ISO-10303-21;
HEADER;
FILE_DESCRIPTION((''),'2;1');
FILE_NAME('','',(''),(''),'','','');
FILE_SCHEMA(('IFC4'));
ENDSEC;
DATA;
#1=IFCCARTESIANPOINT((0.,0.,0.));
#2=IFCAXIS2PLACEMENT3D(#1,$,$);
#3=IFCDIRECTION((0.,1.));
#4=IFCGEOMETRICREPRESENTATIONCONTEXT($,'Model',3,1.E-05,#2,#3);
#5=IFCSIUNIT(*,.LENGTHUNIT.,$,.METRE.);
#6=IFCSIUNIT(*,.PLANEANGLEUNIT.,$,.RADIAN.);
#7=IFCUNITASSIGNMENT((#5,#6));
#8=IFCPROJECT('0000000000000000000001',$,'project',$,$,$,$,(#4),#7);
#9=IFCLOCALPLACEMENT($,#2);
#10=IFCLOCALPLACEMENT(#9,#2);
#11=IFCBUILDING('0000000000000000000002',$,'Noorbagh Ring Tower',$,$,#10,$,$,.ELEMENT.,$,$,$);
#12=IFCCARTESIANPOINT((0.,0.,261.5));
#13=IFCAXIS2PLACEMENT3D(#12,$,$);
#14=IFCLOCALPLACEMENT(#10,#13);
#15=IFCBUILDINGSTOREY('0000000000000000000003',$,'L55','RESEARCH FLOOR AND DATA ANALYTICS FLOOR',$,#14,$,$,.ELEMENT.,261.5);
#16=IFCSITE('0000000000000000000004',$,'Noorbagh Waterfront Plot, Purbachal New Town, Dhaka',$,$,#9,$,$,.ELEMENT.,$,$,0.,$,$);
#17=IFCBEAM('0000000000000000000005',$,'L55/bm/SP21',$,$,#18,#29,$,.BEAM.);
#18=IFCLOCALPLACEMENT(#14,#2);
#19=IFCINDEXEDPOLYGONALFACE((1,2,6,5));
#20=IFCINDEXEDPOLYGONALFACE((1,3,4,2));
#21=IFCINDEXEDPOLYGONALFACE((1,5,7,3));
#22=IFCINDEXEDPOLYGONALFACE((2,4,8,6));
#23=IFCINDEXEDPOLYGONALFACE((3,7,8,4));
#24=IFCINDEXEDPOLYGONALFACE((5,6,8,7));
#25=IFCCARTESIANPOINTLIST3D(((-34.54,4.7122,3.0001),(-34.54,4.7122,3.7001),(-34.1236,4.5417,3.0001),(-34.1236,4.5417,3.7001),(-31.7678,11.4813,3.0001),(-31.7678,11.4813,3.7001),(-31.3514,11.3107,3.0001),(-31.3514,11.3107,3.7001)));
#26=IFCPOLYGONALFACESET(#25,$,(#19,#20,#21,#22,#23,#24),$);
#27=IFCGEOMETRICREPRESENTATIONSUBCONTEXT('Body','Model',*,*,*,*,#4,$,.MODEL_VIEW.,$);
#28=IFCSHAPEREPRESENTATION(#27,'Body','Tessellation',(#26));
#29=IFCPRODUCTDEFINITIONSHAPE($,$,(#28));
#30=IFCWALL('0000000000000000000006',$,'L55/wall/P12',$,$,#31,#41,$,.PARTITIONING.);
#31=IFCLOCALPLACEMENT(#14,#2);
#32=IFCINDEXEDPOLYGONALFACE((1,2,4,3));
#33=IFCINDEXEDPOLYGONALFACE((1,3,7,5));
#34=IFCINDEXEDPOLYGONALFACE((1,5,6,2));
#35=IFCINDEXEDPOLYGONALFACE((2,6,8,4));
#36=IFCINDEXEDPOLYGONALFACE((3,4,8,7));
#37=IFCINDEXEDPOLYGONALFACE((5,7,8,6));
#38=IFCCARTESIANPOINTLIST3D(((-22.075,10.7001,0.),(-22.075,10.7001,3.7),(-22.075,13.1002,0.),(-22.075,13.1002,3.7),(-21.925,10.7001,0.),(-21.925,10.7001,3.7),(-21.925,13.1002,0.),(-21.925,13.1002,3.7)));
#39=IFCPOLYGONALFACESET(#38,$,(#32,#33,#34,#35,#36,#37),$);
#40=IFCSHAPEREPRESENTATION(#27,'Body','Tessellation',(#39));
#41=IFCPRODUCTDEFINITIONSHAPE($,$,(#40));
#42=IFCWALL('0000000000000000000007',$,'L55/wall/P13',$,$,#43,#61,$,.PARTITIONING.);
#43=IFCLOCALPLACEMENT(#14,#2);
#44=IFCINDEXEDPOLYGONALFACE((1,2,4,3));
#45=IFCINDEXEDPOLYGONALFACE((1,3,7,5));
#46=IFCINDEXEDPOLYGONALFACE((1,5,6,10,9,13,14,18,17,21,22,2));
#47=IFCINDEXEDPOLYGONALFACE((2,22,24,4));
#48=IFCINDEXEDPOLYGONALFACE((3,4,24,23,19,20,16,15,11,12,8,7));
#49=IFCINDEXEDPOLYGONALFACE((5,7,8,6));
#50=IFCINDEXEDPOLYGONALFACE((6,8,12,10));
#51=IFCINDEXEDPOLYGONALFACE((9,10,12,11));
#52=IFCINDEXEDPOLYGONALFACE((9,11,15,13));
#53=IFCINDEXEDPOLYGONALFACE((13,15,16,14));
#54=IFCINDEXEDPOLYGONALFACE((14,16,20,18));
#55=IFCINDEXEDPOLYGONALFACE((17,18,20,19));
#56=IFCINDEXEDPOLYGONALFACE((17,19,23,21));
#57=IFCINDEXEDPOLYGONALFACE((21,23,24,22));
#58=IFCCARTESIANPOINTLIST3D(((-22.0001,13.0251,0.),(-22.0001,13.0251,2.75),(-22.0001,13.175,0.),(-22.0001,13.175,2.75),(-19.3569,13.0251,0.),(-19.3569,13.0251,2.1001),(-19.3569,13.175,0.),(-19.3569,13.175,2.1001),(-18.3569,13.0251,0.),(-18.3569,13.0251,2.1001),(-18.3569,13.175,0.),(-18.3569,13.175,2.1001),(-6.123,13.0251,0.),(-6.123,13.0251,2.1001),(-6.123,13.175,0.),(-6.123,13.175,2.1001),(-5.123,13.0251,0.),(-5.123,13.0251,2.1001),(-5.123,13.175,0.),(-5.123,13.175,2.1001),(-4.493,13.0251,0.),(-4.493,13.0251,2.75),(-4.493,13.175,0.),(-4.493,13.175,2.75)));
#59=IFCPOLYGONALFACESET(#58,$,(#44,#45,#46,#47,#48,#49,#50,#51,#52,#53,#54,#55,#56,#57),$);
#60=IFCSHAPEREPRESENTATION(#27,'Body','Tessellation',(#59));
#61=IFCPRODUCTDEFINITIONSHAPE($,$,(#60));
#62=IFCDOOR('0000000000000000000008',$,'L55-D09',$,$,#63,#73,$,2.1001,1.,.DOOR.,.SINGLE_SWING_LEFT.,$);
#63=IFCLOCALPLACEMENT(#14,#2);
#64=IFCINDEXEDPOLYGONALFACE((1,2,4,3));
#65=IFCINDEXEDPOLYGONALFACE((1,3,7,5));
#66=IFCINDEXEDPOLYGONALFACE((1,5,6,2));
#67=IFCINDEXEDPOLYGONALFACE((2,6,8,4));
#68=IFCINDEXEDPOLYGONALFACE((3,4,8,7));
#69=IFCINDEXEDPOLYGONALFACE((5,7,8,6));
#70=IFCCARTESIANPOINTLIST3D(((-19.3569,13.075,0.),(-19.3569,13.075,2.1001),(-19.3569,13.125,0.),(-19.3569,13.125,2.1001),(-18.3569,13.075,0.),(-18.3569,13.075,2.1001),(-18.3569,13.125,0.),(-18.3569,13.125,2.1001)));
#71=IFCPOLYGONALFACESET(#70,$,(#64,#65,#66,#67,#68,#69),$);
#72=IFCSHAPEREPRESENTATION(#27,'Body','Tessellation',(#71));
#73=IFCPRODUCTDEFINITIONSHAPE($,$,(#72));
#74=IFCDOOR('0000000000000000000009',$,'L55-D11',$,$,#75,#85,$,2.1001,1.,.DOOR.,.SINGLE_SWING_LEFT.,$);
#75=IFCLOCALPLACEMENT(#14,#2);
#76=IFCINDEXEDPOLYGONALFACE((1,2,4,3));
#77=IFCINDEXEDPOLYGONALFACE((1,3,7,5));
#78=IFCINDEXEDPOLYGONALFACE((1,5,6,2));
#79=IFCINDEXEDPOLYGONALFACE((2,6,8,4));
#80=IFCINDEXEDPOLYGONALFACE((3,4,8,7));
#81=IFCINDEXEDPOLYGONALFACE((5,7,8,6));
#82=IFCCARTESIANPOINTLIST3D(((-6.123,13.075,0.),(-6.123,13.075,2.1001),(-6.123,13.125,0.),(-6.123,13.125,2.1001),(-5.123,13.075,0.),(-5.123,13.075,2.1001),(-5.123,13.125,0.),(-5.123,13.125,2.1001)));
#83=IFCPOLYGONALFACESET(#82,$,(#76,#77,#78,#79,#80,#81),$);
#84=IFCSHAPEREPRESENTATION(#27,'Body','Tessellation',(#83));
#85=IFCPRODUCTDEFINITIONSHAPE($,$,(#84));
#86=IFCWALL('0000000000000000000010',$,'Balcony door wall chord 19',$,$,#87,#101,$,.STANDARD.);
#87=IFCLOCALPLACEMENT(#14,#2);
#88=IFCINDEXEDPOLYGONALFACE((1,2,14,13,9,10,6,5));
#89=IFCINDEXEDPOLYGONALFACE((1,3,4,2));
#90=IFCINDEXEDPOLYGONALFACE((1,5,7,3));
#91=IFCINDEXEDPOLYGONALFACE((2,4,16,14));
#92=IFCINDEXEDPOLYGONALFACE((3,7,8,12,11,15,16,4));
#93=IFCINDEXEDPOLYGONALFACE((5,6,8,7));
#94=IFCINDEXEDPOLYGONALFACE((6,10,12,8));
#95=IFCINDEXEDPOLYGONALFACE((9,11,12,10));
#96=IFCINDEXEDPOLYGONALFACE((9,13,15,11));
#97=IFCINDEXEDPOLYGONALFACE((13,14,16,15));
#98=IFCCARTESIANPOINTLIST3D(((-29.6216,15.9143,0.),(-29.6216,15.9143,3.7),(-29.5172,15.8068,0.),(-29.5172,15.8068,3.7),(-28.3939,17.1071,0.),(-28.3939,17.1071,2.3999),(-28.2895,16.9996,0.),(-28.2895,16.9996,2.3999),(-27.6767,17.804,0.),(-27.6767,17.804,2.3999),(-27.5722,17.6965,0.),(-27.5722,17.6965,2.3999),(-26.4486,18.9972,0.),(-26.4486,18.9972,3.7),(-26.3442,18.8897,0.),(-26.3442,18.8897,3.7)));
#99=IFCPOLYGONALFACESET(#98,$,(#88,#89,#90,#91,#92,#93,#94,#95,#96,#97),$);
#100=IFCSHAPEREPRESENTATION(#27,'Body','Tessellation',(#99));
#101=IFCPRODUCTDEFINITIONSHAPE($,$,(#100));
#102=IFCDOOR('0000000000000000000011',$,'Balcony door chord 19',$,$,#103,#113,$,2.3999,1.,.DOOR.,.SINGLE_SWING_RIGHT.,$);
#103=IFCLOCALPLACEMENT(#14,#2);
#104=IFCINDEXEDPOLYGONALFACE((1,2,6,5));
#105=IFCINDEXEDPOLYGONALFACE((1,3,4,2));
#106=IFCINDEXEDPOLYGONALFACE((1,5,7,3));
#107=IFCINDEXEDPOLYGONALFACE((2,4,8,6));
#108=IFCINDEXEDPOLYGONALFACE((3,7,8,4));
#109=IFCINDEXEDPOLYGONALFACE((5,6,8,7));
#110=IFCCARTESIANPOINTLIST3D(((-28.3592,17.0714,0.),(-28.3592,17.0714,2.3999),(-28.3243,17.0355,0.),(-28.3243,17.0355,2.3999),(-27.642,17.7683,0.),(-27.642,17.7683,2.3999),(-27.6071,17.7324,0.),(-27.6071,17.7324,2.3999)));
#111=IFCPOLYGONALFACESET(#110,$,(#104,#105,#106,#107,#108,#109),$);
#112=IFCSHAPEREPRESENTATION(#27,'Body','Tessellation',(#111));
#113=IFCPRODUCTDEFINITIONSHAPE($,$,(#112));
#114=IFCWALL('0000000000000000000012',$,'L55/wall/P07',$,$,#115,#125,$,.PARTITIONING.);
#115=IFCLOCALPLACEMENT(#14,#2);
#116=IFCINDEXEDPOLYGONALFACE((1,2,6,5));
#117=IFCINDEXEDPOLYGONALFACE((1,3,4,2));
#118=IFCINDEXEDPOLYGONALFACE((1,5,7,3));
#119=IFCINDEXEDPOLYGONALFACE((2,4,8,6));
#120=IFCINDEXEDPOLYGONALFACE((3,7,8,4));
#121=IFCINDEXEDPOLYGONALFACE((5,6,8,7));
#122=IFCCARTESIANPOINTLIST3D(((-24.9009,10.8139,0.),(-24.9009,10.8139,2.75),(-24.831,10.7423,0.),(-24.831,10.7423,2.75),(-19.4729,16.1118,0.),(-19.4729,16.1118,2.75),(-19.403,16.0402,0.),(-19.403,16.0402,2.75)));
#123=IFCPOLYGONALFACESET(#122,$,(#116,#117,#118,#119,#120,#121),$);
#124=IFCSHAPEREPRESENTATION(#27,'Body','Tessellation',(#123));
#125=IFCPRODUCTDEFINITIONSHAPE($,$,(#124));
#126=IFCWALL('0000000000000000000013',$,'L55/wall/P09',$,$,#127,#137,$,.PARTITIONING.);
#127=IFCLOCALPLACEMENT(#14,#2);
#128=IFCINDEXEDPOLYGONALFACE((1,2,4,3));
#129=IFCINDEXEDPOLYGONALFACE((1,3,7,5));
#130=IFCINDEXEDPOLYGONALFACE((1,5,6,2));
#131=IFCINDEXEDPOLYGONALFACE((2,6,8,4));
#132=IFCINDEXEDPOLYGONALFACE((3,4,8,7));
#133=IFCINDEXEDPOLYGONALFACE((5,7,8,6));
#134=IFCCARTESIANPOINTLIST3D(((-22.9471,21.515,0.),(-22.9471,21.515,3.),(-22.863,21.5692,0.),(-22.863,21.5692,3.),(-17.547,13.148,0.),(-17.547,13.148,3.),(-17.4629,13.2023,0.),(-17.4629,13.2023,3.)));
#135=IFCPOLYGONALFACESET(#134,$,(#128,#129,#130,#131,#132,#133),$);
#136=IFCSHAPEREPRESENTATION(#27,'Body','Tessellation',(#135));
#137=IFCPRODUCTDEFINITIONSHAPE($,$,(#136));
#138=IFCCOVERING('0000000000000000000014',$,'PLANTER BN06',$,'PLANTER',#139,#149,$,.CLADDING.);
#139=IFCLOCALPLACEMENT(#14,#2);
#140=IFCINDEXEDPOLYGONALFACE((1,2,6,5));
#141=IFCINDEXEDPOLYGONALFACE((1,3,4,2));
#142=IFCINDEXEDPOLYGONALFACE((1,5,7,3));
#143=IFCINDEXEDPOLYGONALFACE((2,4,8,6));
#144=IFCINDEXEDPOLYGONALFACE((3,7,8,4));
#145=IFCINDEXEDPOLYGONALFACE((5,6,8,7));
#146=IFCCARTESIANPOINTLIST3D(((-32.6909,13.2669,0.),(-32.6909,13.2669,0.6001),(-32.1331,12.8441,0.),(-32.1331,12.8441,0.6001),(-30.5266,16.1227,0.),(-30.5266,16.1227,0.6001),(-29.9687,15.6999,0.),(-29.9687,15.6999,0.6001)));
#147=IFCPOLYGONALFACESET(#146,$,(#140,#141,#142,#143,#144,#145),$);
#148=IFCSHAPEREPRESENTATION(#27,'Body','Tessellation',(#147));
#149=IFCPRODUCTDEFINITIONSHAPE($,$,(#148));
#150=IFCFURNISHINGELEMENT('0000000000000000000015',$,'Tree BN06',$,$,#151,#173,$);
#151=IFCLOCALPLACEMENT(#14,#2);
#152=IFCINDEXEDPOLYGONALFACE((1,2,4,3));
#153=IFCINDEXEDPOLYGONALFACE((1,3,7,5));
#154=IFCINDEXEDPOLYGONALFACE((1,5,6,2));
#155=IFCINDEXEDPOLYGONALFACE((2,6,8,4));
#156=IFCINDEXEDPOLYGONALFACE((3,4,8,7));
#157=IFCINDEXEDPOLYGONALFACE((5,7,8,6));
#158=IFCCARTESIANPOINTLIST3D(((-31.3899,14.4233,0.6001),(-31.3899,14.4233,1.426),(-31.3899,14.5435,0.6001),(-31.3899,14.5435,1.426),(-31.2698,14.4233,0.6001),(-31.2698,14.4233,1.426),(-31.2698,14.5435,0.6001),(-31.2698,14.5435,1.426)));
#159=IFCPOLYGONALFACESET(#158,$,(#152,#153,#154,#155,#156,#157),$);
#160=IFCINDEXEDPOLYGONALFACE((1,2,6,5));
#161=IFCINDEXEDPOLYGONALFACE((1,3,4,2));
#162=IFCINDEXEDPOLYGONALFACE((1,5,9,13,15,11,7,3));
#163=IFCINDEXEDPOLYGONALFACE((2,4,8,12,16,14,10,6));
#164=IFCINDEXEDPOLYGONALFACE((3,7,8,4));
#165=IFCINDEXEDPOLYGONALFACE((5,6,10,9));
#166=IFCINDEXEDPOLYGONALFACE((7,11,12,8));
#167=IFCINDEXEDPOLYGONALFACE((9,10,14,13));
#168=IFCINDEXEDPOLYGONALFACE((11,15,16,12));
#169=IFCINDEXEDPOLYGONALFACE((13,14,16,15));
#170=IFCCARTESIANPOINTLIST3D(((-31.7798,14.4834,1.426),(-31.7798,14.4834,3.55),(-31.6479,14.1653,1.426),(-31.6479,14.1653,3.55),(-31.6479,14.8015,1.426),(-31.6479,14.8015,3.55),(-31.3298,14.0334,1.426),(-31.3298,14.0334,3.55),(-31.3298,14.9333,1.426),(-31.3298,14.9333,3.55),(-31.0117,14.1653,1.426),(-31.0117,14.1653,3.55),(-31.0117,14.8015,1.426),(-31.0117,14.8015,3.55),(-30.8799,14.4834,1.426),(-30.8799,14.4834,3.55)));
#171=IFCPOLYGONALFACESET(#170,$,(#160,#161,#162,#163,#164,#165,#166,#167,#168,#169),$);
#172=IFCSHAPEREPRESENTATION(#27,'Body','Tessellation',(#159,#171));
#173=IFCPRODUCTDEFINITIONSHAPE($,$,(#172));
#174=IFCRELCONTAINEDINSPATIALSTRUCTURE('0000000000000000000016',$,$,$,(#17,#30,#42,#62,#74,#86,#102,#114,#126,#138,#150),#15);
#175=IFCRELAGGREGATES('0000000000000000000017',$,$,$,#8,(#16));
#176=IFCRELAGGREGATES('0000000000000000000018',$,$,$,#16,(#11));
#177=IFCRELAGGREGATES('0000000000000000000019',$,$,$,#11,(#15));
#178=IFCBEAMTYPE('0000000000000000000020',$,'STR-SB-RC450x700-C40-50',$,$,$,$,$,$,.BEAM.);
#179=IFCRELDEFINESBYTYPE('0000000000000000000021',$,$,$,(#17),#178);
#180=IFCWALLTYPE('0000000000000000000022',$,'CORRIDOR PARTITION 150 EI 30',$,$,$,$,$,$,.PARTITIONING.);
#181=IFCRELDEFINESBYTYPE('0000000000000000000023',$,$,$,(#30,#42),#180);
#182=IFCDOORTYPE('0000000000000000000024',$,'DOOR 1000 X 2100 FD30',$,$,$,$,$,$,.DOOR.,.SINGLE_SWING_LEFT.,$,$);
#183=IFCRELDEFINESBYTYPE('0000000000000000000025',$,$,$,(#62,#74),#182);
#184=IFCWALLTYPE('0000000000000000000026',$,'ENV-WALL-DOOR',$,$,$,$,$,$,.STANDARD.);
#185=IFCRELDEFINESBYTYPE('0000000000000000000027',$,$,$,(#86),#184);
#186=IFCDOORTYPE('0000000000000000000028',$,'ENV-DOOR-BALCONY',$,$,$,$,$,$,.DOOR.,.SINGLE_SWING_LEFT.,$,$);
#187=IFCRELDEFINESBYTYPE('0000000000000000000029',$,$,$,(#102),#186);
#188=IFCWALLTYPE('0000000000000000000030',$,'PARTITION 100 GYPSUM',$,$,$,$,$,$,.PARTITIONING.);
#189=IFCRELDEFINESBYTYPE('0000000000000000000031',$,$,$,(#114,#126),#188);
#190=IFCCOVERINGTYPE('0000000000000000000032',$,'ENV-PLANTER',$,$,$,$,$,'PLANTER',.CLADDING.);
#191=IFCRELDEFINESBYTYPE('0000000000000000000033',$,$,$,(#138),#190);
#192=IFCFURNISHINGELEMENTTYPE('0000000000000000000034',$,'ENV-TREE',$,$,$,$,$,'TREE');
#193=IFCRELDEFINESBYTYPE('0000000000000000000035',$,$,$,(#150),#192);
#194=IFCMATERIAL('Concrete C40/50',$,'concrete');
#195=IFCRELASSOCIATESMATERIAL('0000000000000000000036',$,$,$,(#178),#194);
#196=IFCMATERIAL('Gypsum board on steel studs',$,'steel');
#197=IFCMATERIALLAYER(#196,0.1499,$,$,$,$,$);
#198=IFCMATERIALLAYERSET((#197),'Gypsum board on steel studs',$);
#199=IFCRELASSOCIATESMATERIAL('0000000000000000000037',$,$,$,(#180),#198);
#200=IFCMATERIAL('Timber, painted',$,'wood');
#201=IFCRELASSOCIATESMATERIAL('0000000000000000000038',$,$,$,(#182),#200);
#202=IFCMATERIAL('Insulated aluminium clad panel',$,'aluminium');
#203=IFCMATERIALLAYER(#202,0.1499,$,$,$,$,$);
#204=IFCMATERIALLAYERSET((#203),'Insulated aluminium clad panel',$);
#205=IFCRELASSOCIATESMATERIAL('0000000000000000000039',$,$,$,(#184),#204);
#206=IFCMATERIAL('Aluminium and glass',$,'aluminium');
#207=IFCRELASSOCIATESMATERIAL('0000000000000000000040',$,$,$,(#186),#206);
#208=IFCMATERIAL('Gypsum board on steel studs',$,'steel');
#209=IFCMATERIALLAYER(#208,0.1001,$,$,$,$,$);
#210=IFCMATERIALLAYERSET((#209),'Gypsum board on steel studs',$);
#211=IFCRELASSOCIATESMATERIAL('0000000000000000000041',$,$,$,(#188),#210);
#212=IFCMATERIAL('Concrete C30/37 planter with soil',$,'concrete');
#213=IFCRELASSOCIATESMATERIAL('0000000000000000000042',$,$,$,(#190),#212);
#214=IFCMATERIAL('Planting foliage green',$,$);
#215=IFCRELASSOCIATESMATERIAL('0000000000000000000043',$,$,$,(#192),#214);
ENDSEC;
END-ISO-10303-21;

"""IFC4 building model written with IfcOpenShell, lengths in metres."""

from ifc_helpers import new_model, si_unit, direction, frame, frame_2d, origin, origin_2d, place, context, subcontext, project, spatial, polyline, rectangle, outline, extrude, material, layer, layer_set, material_profile, profile_set, type_object, element, fill, save


model = new_model("IFC4")

# Units and contexts
model_context = context("Model", 3, precision=1e-05, world=origin(), true_north=direction((0.0, 1.0)))
body_context = subcontext(model_context, "Body", "Model", "MODEL_VIEW")
ifc_project = project(units=[si_unit("LENGTHUNIT", "METRE"), si_unit("PLANEANGLEUNIT", "RADIAN")], contexts=[model_context])

# Site, building, storey
site_placement = place(None, origin())
site = spatial("IfcSite", under=ifc_project, at=site_placement, Name="Noorbagh Waterfront Plot, Purbachal New Town, Dhaka", CompositionType="ELEMENT", RefElevation=0.0)
building_placement = place(site_placement, origin())
building = spatial("IfcBuilding", under=site, at=building_placement, Name="Noorbagh Ring Tower", CompositionType="ELEMENT")
storey_placement = place(building_placement, frame((0.0, 0.0, 261.5)))
storey = spatial("IfcBuildingStorey", under=building, at=storey_placement, Name="L55", Description="RESEARCH FLOOR AND DATA ANALYTICS FLOOR", CompositionType="ELEMENT", Elevation=261.5)

# Beam
ifc_material_1 = material(Name="Concrete C40/50", Category="concrete")
ifc_material_profile_1 = material_profile(ifc_material_1, rectangle(XDim=0.45, YDim=0.7, at=origin_2d()), Name="RC450x700")
ifc_profile_set_1 = profile_set([ifc_material_profile_1], Name="Concrete C40/50")
beam_type_1 = type_object("IfcBeamType", Name="STR-SB-RC450x700-C40-50", PredefinedType="BEAM", material=ifc_profile_set_1)
beam_1_placement = place(storey_placement, frame((-31.5596, 11.396, 3.3501), z_axis=(-0.378992, -0.9254, 0.0), x_axis=(0.9254, -0.378992, 0.0)))
element("IfcBeam", 1, at=beam_1_placement, inside=storey, type_object=beam_type_1, Name="L55/bm/SP21", PredefinedType="BEAM", context=body_context, shape_type="SweptSolid", body=[
    extrude(rectangle(XDim=0.45, YDim=0.7, at=origin_2d()), origin(), (0.0, 0.0, 1.0), 7.3147),
])

# Wall
ifc_material_2 = material(Name="Gypsum board on steel studs", Category="steel")
ifc_layer_1 = layer(ifc_material_2, 0.1499)
ifc_layer_set_1 = layer_set([ifc_layer_1], Name="Gypsum board on steel studs")
wall_type_1 = type_object("IfcWallType", Name="CORRIDOR PARTITION 150 EI 30", PredefinedType="PARTITIONING", material=ifc_layer_set_1)
wall_1_placement = place(storey_placement, frame((-22.0, 10.7, 0.0), z_axis=(0.0, 0.0, 1.0), x_axis=(0.0, 1.0, 0.0)))
element("IfcWall", 2, at=wall_1_placement, inside=storey, type_object=wall_type_1, Name="L55/wall/P12", PredefinedType="PARTITIONING", context=body_context, shape_type="SweptSolid", body=[
    extrude(rectangle(XDim=2.4001, YDim=0.1499, at=frame_2d((1.2002, 0.0))), origin(), (0.0, 0.0, 1.0), 3.7),
])

# Wall, openings, doors
wall_2_placement = place(storey_placement, frame((-22.0, 13.1001, 0.0), z_axis=(0.0, 0.0, 1.0), x_axis=(1.0, 0.0, 0.0)))
wall_2 = element("IfcWall", 3, at=wall_2_placement, inside=storey, type_object=wall_type_1, Name="L55/wall/P13", PredefinedType="PARTITIONING", context=body_context, shape_type="SweptSolid", body=[
    extrude(rectangle(XDim=17.5071, YDim=0.1499, at=frame_2d((8.7534, 0.0))), origin(), (0.0, 0.0, 1.0), 2.75),
])
opening_1_placement = place(wall_2_placement, frame((2.6431, 0.0, 0.0)))
opening_1 = element("IfcOpeningElement", 4, at=opening_1_placement, cuts=wall_2, PredefinedType="OPENING", context=body_context, shape_type="SweptSolid", body=[
    extrude(rectangle(XDim=1.0, YDim=2.1001, at=frame_2d((0.5, 1.05))), frame((0.0, 0.085, 0.0), z_axis=(0.0, -1.0, 0.0), x_axis=(1.0, 0.0, 0.0)), (0.0, 0.0, 1.0), 0.1699),
])
opening_2_placement = place(wall_2_placement, frame((15.877, 0.0, 0.0)))
opening_2 = element("IfcOpeningElement", 5, at=opening_2_placement, cuts=wall_2, PredefinedType="OPENING", context=body_context, shape_type="SweptSolid", body=[
    extrude(rectangle(XDim=1.0, YDim=2.1001, at=frame_2d((0.5, 1.05))), frame((0.0, 0.085, 0.0), z_axis=(0.0, -1.0, 0.0), x_axis=(1.0, 0.0, 0.0)), (0.0, 0.0, 1.0), 0.1699),
])
ifc_material_3 = material(Name="Timber, painted", Category="wood")
door_type_1 = type_object("IfcDoorType", Name="DOOR 1000 X 2100 FD30", OperationType="SINGLE_SWING_LEFT", PredefinedType="DOOR", material=ifc_material_3)
door_1_placement = place(opening_1_placement, origin())
door_1 = element("IfcDoor", 6, at=door_1_placement, inside=storey, type_object=door_type_1, Name="L55-D09", OperationType="SINGLE_SWING_LEFT", OverallHeight=2.1001, OverallWidth=1.0, PredefinedType="DOOR", context=body_context, shape_type="SweptSolid", body=[
    extrude(rectangle(XDim=1.0, YDim=2.1001, at=frame_2d((0.5, 1.05))), frame((0.0, 0.0249, 0.0), z_axis=(0.0, -1.0, 0.0), x_axis=(1.0, 0.0, 0.0)), (0.0, 0.0, 1.0), 0.05),
])
fill(opening_1, door_1)
door_2_placement = place(opening_2_placement, origin())
door_2 = element("IfcDoor", 7, at=door_2_placement, inside=storey, type_object=door_type_1, Name="L55-D11", OperationType="SINGLE_SWING_LEFT", OverallHeight=2.1001, OverallWidth=1.0, PredefinedType="DOOR", context=body_context, shape_type="SweptSolid", body=[
    extrude(rectangle(XDim=1.0, YDim=2.1001, at=frame_2d((0.5, 1.05))), frame((0.0, 0.0249, 0.0), z_axis=(0.0, -1.0, 0.0), x_axis=(1.0, 0.0, 0.0)), (0.0, 0.0, 1.0), 0.05),
])
fill(opening_2, door_2)

# Wall, opening, door
ifc_material_4 = material(Name="Insulated aluminium clad panel", Category="aluminium")
ifc_layer_2 = layer(ifc_material_4, 0.1499)
ifc_layer_set_2 = layer_set([ifc_layer_2], Name="Insulated aluminium clad panel")
wall_type_2 = type_object("IfcWallType", Name="ENV-WALL-DOOR", PredefinedType="STANDARD", material=ifc_layer_set_2)
wall_3_placement = place(storey_placement, frame((-26.3965, 18.9434, 0.0), z_axis=(0.0, 0.0, 1.0), x_axis=(-0.717215, -0.696852, 0.0)))
wall_3 = element("IfcWall", 8, at=wall_3_placement, inside=storey, type_object=wall_type_2, Name="Balcony door wall chord 19", PredefinedType="STANDARD", context=body_context, shape_type="SweptSolid", body=[
    extrude(rectangle(XDim=4.4241, YDim=0.1499, at=frame_2d((2.2119, 0.0))), origin(), (0.0, 0.0, 1.0), 3.7),
])
opening_3_placement = place(wall_3_placement, frame((1.7122, 0.0, 0.0)))
opening_3 = element("IfcOpeningElement", 9, at=opening_3_placement, cuts=wall_3, PredefinedType="OPENING", context=body_context, shape_type="SweptSolid", body=[
    extrude(rectangle(XDim=1.0, YDim=2.3999, at=frame_2d((0.5, 1.2))), frame((0.0, 0.085, 0.0), z_axis=(0.0, -1.0, 0.0), x_axis=(1.0, 0.0, 0.0)), (0.0, 0.0, 1.0), 0.1699),
])
ifc_material_5 = material(Name="Aluminium and glass", Category="aluminium")
door_type_2 = type_object("IfcDoorType", Name="ENV-DOOR-BALCONY", OperationType="SINGLE_SWING_LEFT", PredefinedType="DOOR", material=ifc_material_5)
door_3_placement = place(opening_3_placement, origin())
door_3 = element("IfcDoor", 10, at=door_3_placement, inside=storey, type_object=door_type_2, Name="Balcony door chord 19", OperationType="SINGLE_SWING_RIGHT", OverallHeight=2.3999, OverallWidth=1.0, PredefinedType="DOOR", context=body_context, shape_type="SweptSolid", body=[
    extrude(rectangle(XDim=1.0, YDim=2.3999, at=frame_2d((0.5, 1.2))), frame((0.0, 0.0249, 0.0), z_axis=(0.0, -1.0, 0.0), x_axis=(1.0, 0.0, 0.0)), (0.0, 0.0, 1.0), 0.05),
])
fill(opening_3, door_3)

# Walls
ifc_material_6 = material(Name="Gypsum board on steel studs", Category="steel")
ifc_layer_3 = layer(ifc_material_6, 0.1001)
ifc_layer_set_3 = layer_set([ifc_layer_3], Name="Gypsum board on steel studs")
wall_type_3 = type_object("IfcWallType", Name="PARTITION 100 GYPSUM", PredefinedType="PARTITIONING", material=ifc_layer_set_3)
wall_4_placement = place(storey_placement, frame((-24.866, 10.7781, 0.0), z_axis=(0.0, 0.0, 1.0), x_axis=(0.715633, 0.698477, 0.0)))
element("IfcWall", 11, at=wall_4_placement, inside=storey, type_object=wall_type_3, Name="L55/wall/P07", PredefinedType="PARTITIONING", context=body_context, shape_type="SweptSolid", body=[
    extrude(rectangle(XDim=7.585, YDim=0.1001, at=frame_2d((3.7925, 0.0))), origin(), (0.0, 0.0, 1.0), 2.75),
])
wall_5_placement = place(storey_placement, frame((-22.905, 21.542, 0.0), z_axis=(0.0, 0.0, 1.0), x_axis=(0.542277, -0.8402, 0.0)))
element("IfcWall", 12, at=wall_5_placement, inside=storey, type_object=wall_type_3, Name="L55/wall/P09", PredefinedType="PARTITIONING", context=body_context, shape_type="SweptSolid", body=[
    extrude(rectangle(XDim=9.9583, YDim=0.1001, at=frame_2d((4.979, 0.0))), origin(), (0.0, 0.0, 1.0), 3.0),
])

# Covering
ifc_material_7 = material(Name="Concrete C30/37 planter with soil", Category="concrete")
covering_type = type_object("IfcCoveringType", Name="ENV-PLANTER", ElementType="PLANTER", PredefinedType="CLADDING", material=ifc_material_7)
covering_placement = place(storey_placement, frame((-31.3298, 14.4834, 0.0), z_axis=(0.0, 0.0, 1.0), x_axis=(-0.60402, -0.796969, 0.0)))
element("IfcCovering", 13, at=covering_placement, inside=storey, type_object=covering_type, Name="PLANTER BN06", ObjectType="PLANTER", PredefinedType="CLADDING", context=body_context, shape_type="SweptSolid", body=[
    extrude(rectangle(XDim=3.5833, YDim=0.7, at=origin_2d()), origin(), (0.0, 0.0, 1.0), 0.6001),
])

# Furnishing element
ifc_material_8 = material(Name="Planting foliage green")
furnishing_element_type = type_object("IfcFurnishingElementType", Name="ENV-TREE", ElementType="TREE", material=ifc_material_8)
furnishing_placement = place(storey_placement, frame((-31.3298, 14.4834, 0.6001), z_axis=(0.0, 0.0, 1.0), x_axis=(1.0, 0.0, 0.0)))
element("IfcFurnishingElement", 14, at=furnishing_placement, inside=storey, type_object=furnishing_element_type, Name="Tree BN06", context=body_context, shape_type="SweptSolid", body=[
    extrude(rectangle(XDim=0.1201, YDim=0.1201, at=origin_2d()), origin(), (0.0, 0.0, 1.0), 0.8259),
    extrude(outline(polyline([(0.45, 0.0), (0.3181, 0.3181), (0.0, 0.45), (-0.3181, 0.3181), (-0.45, 0.0), (-0.3181, -0.3181), (0.0, -0.45), (0.3181, -0.3181), (0.45, 0.0)])), frame((0.0, 0.0, 0.8259)), (0.0, 0.0, 1.0), 2.124),
])

save(model, "model.ifc")
